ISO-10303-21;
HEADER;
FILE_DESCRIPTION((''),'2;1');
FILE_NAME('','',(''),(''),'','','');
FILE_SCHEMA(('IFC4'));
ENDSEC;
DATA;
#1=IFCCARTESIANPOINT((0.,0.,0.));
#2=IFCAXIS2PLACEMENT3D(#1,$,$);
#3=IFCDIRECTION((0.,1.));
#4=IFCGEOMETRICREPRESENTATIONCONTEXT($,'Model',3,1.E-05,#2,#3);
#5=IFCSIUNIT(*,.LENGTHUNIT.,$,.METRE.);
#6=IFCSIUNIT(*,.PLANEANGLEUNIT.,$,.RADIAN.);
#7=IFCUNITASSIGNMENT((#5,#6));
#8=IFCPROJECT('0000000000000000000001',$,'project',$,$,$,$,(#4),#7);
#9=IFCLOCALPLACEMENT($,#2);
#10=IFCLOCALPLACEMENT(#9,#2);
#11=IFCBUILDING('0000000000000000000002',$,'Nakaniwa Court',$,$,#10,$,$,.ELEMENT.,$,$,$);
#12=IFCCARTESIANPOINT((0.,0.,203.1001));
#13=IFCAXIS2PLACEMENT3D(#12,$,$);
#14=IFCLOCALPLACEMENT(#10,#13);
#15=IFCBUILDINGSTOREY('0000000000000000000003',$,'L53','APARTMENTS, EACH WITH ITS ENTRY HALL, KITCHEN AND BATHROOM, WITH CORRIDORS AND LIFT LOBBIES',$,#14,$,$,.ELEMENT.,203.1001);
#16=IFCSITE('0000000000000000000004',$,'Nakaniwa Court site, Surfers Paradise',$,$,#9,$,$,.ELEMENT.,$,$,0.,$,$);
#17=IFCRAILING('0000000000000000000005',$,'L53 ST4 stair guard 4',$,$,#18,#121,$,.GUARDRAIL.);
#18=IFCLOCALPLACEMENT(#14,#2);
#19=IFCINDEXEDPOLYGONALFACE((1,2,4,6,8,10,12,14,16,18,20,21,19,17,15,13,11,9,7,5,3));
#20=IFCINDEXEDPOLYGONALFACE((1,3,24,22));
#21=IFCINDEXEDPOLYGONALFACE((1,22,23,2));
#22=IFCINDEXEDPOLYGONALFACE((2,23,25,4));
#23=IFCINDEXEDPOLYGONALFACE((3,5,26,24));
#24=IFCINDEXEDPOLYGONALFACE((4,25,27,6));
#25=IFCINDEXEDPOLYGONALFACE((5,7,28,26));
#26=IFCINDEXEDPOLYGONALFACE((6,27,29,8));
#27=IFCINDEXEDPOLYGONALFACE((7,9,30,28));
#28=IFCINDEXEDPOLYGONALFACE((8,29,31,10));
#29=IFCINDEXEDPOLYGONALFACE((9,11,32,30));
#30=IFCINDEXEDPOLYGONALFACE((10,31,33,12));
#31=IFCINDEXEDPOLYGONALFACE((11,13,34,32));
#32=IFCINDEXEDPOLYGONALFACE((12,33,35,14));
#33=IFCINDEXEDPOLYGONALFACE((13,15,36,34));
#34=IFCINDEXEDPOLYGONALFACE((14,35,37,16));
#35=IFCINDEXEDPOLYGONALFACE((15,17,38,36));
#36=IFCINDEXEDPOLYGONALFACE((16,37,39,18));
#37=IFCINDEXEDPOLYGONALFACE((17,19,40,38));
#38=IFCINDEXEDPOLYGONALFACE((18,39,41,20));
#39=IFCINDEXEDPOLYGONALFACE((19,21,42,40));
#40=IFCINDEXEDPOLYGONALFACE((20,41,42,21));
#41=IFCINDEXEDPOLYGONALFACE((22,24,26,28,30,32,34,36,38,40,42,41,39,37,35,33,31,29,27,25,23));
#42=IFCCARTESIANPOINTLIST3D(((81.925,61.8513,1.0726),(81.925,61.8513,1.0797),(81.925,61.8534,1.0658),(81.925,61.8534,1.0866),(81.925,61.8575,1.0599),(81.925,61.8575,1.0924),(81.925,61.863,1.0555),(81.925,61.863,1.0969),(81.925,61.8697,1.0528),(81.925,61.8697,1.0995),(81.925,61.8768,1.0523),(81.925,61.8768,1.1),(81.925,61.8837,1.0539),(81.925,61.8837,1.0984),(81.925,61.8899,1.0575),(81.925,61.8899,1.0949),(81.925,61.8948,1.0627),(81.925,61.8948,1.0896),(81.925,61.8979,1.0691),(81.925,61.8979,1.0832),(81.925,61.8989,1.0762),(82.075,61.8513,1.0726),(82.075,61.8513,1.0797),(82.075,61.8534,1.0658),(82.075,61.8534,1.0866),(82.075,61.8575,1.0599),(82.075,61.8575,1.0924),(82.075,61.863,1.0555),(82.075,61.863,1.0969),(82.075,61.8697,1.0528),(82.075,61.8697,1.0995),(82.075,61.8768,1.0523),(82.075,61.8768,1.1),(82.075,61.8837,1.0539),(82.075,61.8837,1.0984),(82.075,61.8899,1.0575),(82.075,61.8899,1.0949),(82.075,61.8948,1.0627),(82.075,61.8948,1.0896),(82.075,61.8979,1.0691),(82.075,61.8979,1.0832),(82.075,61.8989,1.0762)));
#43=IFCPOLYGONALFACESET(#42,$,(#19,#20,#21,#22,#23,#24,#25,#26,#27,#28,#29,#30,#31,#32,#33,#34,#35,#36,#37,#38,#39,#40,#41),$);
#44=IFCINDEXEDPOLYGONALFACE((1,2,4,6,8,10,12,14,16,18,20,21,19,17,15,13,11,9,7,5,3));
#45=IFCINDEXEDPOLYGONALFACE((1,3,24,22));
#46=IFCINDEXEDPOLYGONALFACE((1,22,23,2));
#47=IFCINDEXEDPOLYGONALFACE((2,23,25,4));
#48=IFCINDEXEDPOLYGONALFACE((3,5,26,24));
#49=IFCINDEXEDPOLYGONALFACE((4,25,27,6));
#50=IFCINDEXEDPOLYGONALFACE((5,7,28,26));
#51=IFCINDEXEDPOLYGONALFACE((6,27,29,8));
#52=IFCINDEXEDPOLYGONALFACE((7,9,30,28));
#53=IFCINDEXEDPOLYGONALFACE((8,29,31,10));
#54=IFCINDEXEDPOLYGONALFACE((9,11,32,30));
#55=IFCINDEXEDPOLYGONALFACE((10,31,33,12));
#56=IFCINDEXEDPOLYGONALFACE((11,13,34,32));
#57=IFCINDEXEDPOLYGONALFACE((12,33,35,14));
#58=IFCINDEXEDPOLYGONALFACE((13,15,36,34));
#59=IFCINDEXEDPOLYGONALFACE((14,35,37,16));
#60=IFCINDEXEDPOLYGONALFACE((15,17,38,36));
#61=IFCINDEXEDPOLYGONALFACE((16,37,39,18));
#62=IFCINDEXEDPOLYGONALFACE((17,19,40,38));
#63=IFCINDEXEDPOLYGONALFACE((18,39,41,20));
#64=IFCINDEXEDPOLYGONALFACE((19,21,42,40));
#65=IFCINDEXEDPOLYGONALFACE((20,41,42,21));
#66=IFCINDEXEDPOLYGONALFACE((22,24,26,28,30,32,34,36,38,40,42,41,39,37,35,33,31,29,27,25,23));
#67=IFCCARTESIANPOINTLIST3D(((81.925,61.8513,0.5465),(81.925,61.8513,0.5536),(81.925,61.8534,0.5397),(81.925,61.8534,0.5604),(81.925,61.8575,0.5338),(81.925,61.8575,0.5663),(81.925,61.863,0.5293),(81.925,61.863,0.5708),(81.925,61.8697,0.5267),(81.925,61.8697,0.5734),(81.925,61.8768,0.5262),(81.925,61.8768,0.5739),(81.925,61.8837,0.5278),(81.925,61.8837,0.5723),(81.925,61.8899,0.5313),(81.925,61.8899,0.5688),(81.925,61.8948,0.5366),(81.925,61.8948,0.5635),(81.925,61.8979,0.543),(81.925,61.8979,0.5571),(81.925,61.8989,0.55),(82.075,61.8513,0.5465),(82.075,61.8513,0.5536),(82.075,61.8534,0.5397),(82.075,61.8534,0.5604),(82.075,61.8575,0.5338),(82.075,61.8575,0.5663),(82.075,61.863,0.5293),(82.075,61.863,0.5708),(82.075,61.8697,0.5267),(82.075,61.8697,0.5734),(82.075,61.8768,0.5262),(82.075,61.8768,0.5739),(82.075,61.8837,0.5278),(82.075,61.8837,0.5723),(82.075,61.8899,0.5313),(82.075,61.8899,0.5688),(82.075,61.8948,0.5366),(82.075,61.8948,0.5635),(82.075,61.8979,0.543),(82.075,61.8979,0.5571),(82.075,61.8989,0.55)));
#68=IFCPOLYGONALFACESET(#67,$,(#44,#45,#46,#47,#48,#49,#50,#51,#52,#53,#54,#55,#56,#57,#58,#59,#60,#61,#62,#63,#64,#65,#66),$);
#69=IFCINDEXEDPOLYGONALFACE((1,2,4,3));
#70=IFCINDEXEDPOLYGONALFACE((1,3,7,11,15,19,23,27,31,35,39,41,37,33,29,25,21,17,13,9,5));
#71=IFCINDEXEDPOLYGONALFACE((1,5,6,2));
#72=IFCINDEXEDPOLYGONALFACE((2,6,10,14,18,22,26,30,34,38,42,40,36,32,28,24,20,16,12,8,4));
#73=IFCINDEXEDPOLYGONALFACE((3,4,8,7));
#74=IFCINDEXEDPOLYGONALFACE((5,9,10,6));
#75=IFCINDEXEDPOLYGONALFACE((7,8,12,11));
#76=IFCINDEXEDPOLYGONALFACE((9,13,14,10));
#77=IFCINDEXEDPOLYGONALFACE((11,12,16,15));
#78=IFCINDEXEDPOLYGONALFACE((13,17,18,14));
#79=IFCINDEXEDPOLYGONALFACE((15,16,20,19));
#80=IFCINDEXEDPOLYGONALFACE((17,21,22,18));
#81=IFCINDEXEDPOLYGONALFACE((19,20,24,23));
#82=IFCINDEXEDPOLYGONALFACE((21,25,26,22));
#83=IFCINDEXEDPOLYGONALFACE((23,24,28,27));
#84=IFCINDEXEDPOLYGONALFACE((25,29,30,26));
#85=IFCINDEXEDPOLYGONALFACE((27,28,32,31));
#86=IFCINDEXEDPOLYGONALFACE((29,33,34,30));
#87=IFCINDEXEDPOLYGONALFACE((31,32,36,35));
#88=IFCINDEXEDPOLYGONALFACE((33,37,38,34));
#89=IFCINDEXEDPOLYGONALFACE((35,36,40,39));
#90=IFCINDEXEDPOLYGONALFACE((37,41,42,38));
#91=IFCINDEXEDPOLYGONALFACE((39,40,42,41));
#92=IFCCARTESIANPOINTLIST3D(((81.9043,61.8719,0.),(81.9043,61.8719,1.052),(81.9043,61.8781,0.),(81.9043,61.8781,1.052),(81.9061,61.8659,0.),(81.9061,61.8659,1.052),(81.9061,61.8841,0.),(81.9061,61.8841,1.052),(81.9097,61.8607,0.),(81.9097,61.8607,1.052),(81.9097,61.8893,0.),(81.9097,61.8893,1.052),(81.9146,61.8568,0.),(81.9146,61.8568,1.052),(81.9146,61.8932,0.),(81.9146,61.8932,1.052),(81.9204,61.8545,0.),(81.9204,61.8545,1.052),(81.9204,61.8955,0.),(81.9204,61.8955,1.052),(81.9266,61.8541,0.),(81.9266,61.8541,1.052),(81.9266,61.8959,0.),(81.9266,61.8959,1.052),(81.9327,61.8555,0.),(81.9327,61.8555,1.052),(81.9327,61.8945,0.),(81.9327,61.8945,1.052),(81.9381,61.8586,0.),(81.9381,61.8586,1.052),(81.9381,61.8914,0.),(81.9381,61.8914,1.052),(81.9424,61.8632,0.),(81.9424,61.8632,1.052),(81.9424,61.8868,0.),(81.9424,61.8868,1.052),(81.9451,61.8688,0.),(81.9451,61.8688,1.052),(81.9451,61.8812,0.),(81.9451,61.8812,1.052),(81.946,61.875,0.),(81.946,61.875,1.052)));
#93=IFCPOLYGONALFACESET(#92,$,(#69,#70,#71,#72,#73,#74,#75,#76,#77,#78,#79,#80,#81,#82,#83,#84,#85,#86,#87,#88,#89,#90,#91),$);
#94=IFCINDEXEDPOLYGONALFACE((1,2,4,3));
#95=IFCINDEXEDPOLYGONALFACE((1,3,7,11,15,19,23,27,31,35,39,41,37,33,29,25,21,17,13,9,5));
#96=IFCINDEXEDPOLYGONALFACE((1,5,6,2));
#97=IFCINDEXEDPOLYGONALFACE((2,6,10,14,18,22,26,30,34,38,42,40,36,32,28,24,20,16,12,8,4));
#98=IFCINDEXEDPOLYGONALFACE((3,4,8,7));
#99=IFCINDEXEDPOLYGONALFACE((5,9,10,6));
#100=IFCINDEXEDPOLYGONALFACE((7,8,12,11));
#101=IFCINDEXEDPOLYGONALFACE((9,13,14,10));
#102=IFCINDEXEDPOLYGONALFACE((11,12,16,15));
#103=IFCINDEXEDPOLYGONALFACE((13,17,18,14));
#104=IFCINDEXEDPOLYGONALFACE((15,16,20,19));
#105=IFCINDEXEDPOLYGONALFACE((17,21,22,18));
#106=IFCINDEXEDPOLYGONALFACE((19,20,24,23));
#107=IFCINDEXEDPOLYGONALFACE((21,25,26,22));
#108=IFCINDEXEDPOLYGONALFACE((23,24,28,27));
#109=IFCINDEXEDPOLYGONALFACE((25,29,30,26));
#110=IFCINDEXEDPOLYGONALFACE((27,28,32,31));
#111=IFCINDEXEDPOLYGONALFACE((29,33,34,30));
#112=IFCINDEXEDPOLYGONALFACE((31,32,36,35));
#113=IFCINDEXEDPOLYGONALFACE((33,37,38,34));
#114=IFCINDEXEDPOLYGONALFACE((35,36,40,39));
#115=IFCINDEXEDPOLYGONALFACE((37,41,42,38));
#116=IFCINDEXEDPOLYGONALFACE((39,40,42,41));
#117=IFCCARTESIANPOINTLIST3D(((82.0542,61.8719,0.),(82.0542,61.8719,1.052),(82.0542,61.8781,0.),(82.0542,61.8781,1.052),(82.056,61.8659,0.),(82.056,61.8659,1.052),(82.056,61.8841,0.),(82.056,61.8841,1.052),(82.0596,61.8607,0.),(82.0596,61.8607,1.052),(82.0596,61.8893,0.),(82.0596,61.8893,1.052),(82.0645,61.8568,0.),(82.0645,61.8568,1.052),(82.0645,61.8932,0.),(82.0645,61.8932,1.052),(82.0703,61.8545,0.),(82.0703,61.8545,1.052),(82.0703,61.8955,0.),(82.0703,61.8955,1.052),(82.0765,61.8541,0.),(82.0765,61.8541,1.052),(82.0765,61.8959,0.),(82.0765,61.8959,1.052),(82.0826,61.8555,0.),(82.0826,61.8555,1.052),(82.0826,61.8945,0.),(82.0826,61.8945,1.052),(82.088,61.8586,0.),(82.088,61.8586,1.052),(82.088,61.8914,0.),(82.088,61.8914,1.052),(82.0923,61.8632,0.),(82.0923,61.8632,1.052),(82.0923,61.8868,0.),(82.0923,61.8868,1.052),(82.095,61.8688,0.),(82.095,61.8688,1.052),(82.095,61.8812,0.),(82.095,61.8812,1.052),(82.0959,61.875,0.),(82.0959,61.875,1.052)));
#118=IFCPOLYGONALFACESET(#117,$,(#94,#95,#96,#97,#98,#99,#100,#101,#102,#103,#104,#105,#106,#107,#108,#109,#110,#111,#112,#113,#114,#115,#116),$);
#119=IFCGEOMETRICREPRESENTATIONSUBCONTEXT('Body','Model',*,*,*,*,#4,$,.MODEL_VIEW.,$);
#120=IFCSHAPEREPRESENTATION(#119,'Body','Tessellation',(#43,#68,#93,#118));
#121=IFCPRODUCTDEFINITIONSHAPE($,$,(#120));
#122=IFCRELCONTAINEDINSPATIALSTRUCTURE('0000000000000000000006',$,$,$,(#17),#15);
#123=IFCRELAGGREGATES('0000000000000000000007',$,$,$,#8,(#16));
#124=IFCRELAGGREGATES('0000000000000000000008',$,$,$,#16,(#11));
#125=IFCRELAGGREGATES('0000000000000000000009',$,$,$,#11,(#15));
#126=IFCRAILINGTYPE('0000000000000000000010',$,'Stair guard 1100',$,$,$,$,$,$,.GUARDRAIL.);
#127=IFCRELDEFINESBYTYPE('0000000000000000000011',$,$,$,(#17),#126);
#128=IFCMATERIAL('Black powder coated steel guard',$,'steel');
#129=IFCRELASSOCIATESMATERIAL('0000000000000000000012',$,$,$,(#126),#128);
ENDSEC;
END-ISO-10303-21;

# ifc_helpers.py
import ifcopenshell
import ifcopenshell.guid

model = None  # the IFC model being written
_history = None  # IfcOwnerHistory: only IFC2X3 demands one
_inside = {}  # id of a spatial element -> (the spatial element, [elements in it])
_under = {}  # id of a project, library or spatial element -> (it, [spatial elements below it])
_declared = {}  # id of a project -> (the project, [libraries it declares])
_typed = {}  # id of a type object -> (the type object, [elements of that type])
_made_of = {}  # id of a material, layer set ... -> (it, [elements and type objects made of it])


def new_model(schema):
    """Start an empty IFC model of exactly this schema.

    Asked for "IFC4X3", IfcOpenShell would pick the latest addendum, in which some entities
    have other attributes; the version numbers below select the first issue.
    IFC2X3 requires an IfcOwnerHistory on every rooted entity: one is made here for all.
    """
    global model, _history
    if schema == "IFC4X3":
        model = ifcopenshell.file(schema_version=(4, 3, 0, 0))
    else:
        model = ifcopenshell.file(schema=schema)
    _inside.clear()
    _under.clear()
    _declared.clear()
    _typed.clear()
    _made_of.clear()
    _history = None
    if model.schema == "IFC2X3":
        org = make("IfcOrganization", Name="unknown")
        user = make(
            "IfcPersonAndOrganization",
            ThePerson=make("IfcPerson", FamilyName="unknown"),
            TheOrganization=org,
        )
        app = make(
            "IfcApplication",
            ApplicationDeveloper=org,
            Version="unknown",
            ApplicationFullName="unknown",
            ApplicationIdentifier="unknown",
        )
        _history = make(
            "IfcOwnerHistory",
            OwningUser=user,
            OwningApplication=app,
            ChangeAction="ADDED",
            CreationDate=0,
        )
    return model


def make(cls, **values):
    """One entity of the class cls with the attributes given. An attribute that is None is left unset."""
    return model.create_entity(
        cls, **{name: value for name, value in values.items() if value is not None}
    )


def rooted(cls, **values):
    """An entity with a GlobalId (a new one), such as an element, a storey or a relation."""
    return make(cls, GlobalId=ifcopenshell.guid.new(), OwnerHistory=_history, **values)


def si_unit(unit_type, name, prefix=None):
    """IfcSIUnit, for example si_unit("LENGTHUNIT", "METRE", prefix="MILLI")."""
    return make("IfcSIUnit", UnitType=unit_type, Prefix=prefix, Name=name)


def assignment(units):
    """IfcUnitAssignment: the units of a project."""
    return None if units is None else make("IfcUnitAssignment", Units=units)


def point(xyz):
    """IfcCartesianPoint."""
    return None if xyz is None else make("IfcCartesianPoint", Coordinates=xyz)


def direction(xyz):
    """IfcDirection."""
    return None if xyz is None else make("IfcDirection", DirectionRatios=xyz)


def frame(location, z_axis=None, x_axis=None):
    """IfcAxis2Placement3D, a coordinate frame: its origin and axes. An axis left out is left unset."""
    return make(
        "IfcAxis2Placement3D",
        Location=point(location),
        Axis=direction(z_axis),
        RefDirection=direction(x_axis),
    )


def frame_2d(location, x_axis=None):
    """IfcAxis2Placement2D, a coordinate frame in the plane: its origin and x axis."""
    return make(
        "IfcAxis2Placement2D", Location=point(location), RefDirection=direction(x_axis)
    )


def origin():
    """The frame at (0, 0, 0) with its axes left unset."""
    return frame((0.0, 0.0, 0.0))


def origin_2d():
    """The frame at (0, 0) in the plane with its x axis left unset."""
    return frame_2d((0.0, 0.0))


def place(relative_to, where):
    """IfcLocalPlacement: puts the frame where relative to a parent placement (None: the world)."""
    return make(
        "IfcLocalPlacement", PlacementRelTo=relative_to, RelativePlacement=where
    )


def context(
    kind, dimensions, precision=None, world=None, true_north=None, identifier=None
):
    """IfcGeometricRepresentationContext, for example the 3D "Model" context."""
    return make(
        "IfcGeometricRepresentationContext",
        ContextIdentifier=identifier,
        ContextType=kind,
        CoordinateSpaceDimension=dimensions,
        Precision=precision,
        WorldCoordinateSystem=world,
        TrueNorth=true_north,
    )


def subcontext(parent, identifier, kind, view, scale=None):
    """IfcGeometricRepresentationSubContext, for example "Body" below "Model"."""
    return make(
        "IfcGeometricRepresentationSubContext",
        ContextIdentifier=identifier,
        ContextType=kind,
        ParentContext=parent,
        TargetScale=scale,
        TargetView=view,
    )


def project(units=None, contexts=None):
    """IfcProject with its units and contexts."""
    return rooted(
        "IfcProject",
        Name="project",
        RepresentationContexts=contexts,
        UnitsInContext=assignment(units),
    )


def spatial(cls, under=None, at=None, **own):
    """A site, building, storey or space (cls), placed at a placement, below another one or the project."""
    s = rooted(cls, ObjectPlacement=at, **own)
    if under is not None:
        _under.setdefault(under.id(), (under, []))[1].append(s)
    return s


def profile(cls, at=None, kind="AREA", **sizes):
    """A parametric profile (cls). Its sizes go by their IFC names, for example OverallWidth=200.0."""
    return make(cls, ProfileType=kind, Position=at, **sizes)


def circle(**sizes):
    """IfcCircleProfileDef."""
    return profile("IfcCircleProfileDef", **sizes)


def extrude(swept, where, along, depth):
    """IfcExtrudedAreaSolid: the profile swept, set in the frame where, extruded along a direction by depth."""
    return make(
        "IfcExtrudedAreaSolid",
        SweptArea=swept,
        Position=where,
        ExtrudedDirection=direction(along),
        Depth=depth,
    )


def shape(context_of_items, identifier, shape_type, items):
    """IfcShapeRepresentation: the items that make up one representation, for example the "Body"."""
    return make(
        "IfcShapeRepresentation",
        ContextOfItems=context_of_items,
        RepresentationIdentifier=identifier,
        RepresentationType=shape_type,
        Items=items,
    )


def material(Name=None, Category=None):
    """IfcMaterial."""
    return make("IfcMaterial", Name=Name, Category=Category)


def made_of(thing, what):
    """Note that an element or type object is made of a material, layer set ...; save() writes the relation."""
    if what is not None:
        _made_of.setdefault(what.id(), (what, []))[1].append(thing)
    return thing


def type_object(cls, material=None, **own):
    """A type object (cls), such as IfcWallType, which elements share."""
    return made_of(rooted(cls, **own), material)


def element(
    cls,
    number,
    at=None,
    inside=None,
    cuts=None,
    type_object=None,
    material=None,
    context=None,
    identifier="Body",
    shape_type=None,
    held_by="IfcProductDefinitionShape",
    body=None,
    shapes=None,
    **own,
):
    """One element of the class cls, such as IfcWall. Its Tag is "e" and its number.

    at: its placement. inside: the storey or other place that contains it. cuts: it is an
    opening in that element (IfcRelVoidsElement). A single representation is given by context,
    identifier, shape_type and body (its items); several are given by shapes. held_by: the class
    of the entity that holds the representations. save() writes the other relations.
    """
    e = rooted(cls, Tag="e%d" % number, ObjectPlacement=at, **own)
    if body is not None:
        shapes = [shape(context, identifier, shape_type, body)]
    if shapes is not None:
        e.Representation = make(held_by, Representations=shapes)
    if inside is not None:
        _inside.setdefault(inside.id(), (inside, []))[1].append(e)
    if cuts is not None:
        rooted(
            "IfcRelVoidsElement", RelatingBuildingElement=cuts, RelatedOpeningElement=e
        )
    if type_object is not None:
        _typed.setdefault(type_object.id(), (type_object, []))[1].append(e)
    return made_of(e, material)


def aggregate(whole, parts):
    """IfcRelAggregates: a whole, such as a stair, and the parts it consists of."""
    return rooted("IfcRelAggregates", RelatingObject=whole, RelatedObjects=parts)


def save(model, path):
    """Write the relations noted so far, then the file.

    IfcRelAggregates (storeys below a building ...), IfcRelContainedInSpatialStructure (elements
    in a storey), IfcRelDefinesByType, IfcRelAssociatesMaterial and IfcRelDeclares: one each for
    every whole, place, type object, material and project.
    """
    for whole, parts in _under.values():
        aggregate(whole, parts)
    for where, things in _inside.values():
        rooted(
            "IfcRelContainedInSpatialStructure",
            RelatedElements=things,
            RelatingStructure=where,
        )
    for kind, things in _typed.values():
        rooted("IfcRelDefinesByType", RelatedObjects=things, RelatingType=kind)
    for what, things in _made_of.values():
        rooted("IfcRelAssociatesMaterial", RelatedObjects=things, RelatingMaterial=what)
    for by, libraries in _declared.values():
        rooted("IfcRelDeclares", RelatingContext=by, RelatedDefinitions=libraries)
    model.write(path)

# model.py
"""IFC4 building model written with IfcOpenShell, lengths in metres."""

from ifc_helpers import new_model, si_unit, direction, frame, origin, origin_2d, place, context, subcontext, project, spatial, circle, extrude, material, type_object, element, save


model = new_model("IFC4")

# Units and contexts
model_context = context("Model", 3, precision=1e-05, world=origin(), true_north=direction((0.0, 1.0)))
body_context = subcontext(model_context, "Body", "Model", "MODEL_VIEW")
ifc_project = project(units=[si_unit("LENGTHUNIT", "METRE"), si_unit("PLANEANGLEUNIT", "RADIAN")], contexts=[model_context])

# Site, building, storey
site_placement = place(None, origin())
site = spatial("IfcSite", under=ifc_project, at=site_placement, Name="Nakaniwa Court site, Surfers Paradise", CompositionType="ELEMENT", RefElevation=0.0)
building_placement = place(site_placement, origin())
building = spatial("IfcBuilding", under=site, at=building_placement, Name="Nakaniwa Court", CompositionType="ELEMENT")
storey_placement = place(building_placement, frame((0.0, 0.0, 203.1001)))
storey = spatial("IfcBuildingStorey", under=building, at=storey_placement, Name="L53", Description="APARTMENTS, EACH WITH ITS ENTRY HALL, KITCHEN AND BATHROOM, WITH CORRIDORS AND LIFT LOBBIES", CompositionType="ELEMENT", Elevation=203.1001)

# Railing
ifc_material_1 = material(Name="Black powder coated steel guard", Category="steel")
railing_type_1 = type_object("IfcRailingType", Name="Stair guard 1100", PredefinedType="GUARDRAIL", material=ifc_material_1)
railing_1_placement = place(storey_placement, frame((81.925, 61.875, 0.0)))
element("IfcRailing", 1, at=railing_1_placement, inside=storey, type_object=railing_type_1, Name="L53 ST4 stair guard 4", PredefinedType="GUARDRAIL", context=body_context, shape_type="SweptSolid", body=[
    extrude(circle(Radius=0.0239, at=origin_2d()), frame((0.0, 0.0, 1.0762), z_axis=(1.0, 0.0, 0.0), x_axis=(0.0, 1.0, 0.0)), (0.0, 0.0, 1.0), 0.1499),
    extrude(circle(Radius=0.0239, at=origin_2d()), frame((0.0, 0.0, 0.55), z_axis=(1.0, 0.0, 0.0), x_axis=(0.0, 1.0, 0.0)), (0.0, 0.0, 1.0), 0.1499),
    extrude(circle(Radius=0.021, at=origin_2d()), origin(), (0.0, 0.0, 1.0), 1.052),
    extrude(circle(Radius=0.021, at=origin_2d()), frame((0.1499, 0.0, 0.0)), (0.0, 0.0, 1.0), 1.052),
])

save(model, "model.ifc")
